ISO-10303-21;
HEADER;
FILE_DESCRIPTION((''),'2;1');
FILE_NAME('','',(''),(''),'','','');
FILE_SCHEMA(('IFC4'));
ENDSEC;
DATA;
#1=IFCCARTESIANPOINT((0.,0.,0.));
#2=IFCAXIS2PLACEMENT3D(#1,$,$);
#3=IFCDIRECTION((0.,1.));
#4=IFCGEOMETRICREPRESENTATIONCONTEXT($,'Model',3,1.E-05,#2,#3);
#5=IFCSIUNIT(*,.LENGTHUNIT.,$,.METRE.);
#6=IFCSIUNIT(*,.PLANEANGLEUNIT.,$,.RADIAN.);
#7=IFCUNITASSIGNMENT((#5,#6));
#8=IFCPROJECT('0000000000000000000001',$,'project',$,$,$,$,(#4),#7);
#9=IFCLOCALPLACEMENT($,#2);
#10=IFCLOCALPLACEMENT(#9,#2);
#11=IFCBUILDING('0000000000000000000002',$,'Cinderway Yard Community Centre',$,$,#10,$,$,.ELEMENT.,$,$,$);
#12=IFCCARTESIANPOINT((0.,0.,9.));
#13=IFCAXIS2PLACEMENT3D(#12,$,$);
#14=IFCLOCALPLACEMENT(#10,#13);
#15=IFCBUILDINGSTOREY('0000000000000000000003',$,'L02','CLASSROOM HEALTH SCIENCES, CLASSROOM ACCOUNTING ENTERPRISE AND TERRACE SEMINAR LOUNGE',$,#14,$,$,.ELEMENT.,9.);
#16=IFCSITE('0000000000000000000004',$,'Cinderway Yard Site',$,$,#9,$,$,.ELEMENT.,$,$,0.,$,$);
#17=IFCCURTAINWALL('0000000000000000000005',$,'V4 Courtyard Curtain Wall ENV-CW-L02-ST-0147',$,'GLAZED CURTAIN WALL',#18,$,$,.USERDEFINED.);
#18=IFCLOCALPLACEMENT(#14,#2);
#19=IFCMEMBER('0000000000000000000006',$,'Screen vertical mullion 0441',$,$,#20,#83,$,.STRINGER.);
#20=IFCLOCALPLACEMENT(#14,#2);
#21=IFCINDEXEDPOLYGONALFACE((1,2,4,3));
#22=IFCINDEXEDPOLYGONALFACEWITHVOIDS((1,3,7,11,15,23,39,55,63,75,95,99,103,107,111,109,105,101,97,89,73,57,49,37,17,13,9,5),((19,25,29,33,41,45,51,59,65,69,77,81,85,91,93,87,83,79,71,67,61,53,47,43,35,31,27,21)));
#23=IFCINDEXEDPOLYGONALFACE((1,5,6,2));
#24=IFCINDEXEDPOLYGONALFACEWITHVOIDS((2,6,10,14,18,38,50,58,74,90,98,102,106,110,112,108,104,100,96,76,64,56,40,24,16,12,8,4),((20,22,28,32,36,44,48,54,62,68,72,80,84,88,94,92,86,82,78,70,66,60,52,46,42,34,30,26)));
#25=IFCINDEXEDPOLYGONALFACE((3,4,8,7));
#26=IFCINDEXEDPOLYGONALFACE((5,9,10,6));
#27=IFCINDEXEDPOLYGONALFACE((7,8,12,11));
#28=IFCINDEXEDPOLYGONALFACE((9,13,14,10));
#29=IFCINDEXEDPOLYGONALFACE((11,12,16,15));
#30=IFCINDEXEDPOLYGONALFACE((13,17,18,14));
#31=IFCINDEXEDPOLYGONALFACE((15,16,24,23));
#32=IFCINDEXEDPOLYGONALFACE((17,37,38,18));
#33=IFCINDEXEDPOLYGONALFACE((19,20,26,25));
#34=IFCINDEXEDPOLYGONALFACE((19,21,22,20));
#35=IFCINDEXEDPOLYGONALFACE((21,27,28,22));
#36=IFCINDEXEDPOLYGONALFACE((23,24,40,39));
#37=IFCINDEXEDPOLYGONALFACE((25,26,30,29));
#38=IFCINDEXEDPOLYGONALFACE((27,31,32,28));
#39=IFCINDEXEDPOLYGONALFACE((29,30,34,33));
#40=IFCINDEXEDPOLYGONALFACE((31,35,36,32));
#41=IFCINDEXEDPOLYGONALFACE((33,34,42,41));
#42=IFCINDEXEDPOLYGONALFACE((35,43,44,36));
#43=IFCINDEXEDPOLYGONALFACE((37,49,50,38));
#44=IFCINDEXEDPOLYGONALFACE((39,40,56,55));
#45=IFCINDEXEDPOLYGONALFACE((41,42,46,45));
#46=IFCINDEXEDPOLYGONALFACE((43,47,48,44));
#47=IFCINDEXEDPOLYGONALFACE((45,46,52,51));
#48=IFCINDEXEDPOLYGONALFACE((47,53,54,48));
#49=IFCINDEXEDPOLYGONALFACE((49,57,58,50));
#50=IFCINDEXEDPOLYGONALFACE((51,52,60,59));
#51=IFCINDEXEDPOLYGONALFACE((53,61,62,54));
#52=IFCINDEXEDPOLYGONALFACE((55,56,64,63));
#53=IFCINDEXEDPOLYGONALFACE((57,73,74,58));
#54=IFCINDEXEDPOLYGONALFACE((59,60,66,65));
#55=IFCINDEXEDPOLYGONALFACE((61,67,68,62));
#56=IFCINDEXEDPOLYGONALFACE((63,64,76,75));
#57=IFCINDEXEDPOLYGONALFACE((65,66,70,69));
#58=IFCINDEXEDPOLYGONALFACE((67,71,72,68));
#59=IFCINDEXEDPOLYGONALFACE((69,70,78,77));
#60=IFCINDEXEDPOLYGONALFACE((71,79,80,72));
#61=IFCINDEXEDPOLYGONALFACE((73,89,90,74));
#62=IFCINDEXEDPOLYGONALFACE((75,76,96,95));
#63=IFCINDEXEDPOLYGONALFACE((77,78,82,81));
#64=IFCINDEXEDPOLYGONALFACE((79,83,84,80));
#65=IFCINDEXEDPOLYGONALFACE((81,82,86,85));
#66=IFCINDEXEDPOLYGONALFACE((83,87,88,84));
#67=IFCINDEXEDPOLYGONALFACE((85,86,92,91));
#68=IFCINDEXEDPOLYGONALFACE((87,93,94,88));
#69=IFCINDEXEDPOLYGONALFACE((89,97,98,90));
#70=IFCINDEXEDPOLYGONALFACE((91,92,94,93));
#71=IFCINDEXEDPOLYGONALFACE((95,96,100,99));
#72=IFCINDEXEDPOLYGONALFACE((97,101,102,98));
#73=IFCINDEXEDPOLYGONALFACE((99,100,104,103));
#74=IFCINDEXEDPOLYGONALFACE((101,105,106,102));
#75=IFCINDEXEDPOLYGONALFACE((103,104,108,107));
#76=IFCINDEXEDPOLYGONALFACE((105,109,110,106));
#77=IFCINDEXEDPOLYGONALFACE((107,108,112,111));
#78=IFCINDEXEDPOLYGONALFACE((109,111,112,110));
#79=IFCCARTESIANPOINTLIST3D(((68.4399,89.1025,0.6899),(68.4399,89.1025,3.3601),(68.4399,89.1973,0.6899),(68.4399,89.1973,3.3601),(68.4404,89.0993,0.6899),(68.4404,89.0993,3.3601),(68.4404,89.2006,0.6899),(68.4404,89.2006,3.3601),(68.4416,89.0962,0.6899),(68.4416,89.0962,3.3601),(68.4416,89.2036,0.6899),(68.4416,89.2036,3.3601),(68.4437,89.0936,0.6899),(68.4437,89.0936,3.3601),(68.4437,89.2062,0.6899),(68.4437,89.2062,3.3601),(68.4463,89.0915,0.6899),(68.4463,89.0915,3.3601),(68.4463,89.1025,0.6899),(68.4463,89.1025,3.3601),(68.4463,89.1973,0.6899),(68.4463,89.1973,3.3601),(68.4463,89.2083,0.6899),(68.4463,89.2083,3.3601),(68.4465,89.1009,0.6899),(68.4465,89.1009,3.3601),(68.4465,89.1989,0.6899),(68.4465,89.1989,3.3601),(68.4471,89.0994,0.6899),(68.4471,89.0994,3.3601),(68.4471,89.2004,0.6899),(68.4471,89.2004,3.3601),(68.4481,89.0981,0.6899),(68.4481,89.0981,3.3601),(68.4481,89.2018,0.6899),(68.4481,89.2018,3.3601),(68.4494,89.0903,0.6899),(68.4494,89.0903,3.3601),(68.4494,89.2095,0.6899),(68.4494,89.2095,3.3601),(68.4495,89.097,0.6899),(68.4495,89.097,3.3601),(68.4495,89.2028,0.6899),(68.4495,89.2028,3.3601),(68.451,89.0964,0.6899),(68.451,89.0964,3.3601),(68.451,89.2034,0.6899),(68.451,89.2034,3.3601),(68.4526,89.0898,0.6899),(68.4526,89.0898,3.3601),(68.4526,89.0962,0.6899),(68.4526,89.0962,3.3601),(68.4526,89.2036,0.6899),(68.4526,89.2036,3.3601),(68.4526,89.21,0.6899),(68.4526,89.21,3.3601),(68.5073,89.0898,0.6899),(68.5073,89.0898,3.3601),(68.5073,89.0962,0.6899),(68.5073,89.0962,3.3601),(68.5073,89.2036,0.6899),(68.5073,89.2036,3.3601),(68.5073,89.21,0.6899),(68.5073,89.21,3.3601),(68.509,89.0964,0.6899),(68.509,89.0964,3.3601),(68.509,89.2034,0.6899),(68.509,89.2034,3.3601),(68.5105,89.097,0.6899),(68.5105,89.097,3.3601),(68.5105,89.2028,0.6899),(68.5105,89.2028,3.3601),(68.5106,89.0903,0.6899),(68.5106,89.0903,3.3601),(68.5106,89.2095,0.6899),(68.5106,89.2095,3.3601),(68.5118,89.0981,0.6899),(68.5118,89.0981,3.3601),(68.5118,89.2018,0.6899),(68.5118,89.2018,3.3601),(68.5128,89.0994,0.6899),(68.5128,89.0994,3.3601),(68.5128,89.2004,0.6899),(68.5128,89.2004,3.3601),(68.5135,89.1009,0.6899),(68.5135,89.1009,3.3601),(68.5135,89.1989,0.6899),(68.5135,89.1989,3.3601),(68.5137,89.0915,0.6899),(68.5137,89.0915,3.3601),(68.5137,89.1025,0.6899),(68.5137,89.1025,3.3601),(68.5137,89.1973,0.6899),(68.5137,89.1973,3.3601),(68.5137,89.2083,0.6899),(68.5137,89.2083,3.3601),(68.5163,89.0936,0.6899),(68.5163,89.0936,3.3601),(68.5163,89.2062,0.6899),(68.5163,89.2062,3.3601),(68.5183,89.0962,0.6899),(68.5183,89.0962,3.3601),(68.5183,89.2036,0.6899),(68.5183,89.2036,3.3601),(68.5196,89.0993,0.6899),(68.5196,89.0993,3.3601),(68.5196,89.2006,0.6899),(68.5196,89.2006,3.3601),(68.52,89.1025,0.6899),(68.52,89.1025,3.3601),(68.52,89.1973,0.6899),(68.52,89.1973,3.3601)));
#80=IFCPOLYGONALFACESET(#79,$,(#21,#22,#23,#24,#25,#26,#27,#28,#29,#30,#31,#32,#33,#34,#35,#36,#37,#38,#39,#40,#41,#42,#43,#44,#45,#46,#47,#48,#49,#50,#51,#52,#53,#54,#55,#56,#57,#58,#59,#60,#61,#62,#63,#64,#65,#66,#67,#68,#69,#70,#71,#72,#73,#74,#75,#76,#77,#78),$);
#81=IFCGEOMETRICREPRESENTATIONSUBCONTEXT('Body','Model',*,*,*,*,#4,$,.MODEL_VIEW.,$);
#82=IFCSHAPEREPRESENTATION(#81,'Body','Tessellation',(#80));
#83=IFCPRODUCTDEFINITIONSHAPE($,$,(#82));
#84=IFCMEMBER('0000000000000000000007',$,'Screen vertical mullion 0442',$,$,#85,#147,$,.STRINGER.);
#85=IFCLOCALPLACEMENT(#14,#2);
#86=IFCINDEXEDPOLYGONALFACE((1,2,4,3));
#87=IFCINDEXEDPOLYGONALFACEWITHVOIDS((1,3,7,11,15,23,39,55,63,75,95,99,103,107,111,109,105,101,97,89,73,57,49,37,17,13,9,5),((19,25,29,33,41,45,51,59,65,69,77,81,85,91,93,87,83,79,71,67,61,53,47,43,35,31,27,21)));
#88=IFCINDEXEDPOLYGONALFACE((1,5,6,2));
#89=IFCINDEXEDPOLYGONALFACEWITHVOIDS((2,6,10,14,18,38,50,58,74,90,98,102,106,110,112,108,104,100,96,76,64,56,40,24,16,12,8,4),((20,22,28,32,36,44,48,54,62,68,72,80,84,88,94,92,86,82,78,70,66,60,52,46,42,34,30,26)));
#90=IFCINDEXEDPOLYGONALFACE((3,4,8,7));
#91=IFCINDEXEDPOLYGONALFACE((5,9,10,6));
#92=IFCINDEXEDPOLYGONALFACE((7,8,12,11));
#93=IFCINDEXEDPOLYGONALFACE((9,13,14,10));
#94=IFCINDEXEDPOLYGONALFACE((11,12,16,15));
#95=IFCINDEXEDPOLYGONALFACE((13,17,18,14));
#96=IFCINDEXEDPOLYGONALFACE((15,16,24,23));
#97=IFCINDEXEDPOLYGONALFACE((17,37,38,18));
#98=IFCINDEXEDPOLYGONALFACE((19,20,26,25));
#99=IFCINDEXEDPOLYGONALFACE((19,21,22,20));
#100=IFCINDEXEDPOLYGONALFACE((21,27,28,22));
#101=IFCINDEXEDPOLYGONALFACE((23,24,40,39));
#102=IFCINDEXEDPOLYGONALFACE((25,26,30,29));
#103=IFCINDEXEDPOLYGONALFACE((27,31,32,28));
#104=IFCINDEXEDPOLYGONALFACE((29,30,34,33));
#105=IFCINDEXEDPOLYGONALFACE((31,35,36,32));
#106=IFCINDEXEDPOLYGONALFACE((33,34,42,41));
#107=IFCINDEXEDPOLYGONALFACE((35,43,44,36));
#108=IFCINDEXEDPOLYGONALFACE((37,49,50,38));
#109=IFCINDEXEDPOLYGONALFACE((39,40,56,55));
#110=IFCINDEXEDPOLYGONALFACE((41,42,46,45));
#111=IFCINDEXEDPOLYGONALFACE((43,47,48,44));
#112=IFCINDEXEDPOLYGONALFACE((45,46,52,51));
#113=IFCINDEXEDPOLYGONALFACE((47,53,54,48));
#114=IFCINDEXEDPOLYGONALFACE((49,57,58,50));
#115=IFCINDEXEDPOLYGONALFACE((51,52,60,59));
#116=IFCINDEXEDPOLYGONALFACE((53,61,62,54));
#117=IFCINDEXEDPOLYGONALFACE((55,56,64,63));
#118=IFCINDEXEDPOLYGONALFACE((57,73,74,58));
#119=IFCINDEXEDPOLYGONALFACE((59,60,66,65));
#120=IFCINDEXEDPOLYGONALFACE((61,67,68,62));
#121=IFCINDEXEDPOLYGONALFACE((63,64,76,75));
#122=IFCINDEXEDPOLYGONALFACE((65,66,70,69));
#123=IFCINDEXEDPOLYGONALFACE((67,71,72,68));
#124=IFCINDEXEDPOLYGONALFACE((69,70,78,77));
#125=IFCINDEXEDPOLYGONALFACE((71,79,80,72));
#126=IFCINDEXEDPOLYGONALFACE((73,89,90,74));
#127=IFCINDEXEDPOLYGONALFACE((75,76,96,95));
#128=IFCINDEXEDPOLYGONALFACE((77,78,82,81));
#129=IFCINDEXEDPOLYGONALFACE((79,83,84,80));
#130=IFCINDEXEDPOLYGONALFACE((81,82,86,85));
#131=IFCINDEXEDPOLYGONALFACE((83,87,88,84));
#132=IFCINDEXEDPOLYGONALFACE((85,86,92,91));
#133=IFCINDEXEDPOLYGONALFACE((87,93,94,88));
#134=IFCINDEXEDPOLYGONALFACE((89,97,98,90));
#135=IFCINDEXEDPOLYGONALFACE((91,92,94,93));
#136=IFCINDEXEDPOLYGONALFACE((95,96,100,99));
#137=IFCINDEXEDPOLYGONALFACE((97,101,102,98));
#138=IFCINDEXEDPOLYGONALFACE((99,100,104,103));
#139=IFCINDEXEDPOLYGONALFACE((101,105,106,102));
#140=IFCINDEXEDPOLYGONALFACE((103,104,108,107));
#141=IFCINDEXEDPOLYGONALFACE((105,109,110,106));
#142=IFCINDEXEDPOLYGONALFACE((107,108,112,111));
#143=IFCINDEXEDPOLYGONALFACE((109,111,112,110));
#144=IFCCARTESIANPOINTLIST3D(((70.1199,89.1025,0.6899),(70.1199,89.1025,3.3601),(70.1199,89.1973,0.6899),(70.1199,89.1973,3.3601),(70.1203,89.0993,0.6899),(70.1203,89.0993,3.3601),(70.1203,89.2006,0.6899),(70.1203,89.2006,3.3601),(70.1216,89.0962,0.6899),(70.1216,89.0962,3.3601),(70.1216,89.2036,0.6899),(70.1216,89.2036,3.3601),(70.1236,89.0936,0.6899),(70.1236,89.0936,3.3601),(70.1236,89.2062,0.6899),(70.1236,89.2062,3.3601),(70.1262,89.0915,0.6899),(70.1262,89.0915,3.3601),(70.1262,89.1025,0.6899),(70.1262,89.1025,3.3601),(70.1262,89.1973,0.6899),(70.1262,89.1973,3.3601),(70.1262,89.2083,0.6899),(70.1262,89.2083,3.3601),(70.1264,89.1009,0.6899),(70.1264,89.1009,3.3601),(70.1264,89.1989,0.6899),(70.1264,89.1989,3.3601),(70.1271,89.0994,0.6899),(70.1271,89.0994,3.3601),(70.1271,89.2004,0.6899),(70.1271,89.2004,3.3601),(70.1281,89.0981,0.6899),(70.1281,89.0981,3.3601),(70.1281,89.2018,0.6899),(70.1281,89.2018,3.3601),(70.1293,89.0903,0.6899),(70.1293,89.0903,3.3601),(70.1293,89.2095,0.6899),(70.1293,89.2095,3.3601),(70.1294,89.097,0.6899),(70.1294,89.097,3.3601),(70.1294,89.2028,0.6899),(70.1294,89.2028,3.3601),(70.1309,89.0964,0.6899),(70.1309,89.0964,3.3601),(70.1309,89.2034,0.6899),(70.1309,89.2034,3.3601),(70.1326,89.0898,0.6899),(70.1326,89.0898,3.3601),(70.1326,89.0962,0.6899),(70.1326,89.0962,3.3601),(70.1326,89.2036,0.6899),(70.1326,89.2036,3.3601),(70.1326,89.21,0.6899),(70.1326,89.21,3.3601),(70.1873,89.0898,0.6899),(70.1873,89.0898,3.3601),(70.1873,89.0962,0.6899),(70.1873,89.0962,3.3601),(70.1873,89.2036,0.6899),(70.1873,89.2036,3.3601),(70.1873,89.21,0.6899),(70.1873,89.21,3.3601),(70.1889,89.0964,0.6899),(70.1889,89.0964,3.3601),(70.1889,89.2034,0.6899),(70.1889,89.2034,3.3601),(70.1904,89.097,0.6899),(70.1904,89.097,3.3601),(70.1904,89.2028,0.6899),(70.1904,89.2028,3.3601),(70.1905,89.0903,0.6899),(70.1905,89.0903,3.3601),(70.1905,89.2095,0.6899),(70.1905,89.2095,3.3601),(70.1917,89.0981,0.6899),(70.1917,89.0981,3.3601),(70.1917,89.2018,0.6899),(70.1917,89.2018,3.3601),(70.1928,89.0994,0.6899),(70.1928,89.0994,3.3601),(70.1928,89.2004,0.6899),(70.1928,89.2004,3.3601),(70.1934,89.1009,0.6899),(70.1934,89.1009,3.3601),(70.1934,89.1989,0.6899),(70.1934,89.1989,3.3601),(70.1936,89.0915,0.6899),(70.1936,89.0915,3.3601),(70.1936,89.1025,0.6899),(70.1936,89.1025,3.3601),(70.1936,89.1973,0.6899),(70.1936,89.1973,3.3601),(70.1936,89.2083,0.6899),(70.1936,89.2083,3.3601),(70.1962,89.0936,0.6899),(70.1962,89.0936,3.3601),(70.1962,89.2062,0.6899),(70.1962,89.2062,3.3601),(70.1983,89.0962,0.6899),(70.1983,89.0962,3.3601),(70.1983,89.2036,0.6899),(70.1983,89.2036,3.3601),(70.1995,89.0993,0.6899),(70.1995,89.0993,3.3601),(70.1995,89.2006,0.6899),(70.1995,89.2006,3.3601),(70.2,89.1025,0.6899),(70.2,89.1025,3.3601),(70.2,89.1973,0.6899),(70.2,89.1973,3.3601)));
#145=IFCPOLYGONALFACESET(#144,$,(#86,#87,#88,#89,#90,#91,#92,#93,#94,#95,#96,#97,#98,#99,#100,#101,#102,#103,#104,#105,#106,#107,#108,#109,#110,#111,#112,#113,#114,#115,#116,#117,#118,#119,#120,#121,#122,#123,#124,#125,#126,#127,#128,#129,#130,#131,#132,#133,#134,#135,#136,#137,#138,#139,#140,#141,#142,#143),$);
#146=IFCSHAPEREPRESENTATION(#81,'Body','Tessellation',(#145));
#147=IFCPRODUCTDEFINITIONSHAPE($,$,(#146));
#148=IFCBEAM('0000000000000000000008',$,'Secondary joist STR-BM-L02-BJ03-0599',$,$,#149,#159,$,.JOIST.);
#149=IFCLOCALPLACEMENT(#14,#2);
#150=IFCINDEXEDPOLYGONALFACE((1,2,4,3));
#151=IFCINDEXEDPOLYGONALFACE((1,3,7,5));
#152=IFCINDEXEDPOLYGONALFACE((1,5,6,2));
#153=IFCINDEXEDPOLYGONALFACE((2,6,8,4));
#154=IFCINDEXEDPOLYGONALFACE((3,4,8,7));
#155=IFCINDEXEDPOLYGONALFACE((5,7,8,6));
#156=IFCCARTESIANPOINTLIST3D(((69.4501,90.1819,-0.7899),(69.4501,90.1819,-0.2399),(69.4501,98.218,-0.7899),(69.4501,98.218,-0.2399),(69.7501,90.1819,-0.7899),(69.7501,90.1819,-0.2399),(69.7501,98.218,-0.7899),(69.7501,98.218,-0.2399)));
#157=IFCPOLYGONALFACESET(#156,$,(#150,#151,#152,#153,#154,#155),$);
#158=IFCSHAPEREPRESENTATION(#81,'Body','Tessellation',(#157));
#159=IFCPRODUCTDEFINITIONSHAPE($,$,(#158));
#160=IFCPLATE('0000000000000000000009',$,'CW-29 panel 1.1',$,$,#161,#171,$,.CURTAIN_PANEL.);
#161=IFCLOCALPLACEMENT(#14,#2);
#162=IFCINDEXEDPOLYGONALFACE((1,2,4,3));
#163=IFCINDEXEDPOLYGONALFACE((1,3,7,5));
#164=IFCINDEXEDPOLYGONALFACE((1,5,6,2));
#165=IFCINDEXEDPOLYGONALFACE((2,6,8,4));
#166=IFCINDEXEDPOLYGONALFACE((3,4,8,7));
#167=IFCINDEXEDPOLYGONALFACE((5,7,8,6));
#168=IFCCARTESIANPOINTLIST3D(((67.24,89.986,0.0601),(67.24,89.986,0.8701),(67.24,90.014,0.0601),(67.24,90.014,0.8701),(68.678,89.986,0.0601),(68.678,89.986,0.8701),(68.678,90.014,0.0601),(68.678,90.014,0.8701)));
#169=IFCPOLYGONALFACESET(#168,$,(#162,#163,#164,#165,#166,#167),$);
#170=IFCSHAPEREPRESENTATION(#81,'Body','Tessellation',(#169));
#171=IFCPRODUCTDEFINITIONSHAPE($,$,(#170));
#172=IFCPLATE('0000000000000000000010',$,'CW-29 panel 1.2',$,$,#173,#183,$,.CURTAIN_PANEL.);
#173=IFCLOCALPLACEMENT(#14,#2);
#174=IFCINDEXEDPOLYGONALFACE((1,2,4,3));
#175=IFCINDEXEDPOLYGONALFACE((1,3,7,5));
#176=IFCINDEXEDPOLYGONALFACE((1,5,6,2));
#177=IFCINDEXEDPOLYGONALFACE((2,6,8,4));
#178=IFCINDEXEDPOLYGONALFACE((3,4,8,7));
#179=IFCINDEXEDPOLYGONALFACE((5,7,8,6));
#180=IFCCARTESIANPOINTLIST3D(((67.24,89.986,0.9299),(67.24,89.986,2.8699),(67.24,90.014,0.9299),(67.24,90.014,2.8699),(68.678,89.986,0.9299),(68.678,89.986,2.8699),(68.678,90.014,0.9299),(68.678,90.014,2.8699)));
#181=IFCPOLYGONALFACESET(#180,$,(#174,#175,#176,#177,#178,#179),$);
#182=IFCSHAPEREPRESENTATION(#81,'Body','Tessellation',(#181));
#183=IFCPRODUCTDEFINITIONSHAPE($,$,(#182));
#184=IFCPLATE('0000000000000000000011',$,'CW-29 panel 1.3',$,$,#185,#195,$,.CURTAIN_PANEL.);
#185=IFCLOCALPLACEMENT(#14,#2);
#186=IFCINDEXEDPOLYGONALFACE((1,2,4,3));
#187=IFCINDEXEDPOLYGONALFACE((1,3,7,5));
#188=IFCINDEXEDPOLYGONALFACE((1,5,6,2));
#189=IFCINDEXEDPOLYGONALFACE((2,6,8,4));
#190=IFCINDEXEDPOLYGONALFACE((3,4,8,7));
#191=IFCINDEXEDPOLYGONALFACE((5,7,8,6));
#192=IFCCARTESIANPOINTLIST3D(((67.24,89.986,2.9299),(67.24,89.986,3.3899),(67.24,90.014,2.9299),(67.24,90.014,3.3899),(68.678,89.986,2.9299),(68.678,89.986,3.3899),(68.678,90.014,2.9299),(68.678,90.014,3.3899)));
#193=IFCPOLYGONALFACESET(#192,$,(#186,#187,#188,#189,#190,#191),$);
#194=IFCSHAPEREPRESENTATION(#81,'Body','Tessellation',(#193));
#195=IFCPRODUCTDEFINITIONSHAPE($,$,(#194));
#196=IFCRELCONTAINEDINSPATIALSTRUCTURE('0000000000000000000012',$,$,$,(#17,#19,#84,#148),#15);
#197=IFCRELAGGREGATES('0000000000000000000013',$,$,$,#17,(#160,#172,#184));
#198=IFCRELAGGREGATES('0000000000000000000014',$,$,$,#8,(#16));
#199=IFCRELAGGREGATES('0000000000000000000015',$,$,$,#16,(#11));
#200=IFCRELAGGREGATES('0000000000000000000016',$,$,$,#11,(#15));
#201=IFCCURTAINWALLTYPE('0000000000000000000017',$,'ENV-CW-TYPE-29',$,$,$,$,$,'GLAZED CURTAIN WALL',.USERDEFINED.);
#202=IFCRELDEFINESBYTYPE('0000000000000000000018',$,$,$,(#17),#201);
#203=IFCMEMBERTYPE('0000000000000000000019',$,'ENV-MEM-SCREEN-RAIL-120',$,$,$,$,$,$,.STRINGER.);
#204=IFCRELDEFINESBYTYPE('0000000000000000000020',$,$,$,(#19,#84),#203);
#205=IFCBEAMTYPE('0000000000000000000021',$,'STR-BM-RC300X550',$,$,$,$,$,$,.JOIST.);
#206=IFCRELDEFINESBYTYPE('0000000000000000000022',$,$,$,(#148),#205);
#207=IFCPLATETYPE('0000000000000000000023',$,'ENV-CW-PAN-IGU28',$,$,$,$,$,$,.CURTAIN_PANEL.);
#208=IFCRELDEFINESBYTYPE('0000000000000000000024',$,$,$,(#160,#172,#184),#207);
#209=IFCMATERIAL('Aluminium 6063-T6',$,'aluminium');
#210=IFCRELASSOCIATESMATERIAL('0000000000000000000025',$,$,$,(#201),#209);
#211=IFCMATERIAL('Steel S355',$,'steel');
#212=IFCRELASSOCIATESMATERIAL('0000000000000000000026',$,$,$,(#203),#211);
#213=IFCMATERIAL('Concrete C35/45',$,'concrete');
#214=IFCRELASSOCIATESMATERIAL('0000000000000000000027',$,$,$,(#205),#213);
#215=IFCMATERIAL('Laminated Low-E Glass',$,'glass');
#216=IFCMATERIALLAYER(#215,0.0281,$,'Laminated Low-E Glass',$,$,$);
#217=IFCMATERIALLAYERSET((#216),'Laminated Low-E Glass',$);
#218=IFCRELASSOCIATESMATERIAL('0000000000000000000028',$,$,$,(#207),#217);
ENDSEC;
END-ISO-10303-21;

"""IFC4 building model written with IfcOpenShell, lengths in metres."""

from ifc_helpers import new_model, si_unit, direction, frame, origin, origin_2d, place, context, subcontext, project, spatial, rectangle, hollow_rectangle, extrude, material, layer, layer_set, material_profile, profile_set, type_object, element, aggregate, save


model = new_model("IFC4")

# Units and contexts
model_context = context("Model", 3, precision=1e-05, world=origin(), true_north=direction((0.0, 1.0)))
body_context = subcontext(model_context, "Body", "Model", "MODEL_VIEW")
ifc_project = project(units=[si_unit("LENGTHUNIT", "METRE"), si_unit("PLANEANGLEUNIT", "RADIAN")], contexts=[model_context])

# Site, building, storey
site_placement = place(None, origin())
site = spatial("IfcSite", under=ifc_project, at=site_placement, Name="Cinderway Yard Site", CompositionType="ELEMENT", RefElevation=0.0)
building_placement = place(site_placement, origin())
building = spatial("IfcBuilding", under=site, at=building_placement, Name="Cinderway Yard Community Centre", CompositionType="ELEMENT")
storey_placement = place(building_placement, frame((0.0, 0.0, 9.0)))
storey = spatial("IfcBuildingStorey", under=building, at=storey_placement, Name="L02", Description="CLASSROOM HEALTH SCIENCES, CLASSROOM ACCOUNTING ENTERPRISE AND TERRACE SEMINAR LOUNGE", CompositionType="ELEMENT", Elevation=9.0)

# Curtain wall
ifc_material_1 = material(Name="Aluminium 6063-T6", Category="aluminium")
curtain_wall_type = type_object("IfcCurtainWallType", Name="ENV-CW-TYPE-29", ElementType="GLAZED CURTAIN WALL", PredefinedType="USERDEFINED", material=ifc_material_1)
curtain_wall_placement = place(storey_placement, origin())
curtain_wall = element("IfcCurtainWall", 1, at=curtain_wall_placement, inside=storey, type_object=curtain_wall_type, Name="V4 Courtyard Curtain Wall ENV-CW-L02-ST-0147", ObjectType="GLAZED CURTAIN WALL", PredefinedType="USERDEFINED")

# Members
ifc_material_2 = material(Name="Steel S355", Category="steel")
ifc_material_profile_1 = material_profile(ifc_material_2, hollow_rectangle(XDim=0.0801, YDim=0.1201, WallThickness=0.0063, InnerFilletRadius=0.0063, OuterFilletRadius=0.0127, at=origin_2d()), Name="Steel S355")
ifc_profile_set_1 = profile_set([ifc_material_profile_1], Name="Steel S355")
member_type_1 = type_object("IfcMemberType", Name="ENV-MEM-SCREEN-RAIL-120", PredefinedType="STRINGER", material=ifc_profile_set_1)
for number, where, z_axis, x_axis, name in (
    (2, (68.48, 89.1499, 0.6899), (0.0, 0.0, 1.0), (1.0, 0.0, 0.0), "Screen vertical mullion 0441"),
    (3, (70.1599, 89.1499, 0.6899), (0.0, 0.0, 1.0), (1.0, 0.0, 0.0), "Screen vertical mullion 0442"),
):
    element("IfcMember", number, at=place(storey_placement, frame(where, z_axis=z_axis, x_axis=x_axis)), inside=storey, type_object=member_type_1, Name=name, PredefinedType="STRINGER", context=body_context, shape_type="SweptSolid", body=[
        extrude(hollow_rectangle(XDim=0.0801, YDim=0.1201, WallThickness=0.0063, InnerFilletRadius=0.0063, OuterFilletRadius=0.0127, at=origin_2d()), origin(), (0.0, 0.0, 1.0), 2.6702),
    ])

# Beam
ifc_material_3 = material(Name="Concrete C35/45", Category="concrete")
ifc_material_profile_2 = material_profile(ifc_material_3, rectangle(XDim=0.3, YDim=0.55, at=origin_2d()), Name="Concrete C35/45")
ifc_profile_set_2 = profile_set([ifc_material_profile_2], Name="Concrete C35/45")
beam_type = type_object("IfcBeamType", Name="STR-BM-RC300X550", PredefinedType="JOIST", material=ifc_profile_set_2)
beam_placement = place(storey_placement, frame((69.6001, 90.1819, -0.5149), z_axis=(0.0, 1.0, 0.0), x_axis=(-1.0, 0.0, 0.0)))
element("IfcBeam", 4, at=beam_placement, inside=storey, type_object=beam_type, Name="Secondary joist STR-BM-L02-BJ03-0599", PredefinedType="JOIST", context=body_context, shape_type="SweptSolid", body=[
    extrude(rectangle(XDim=0.3, YDim=0.55, at=origin_2d()), origin(), (0.0, 0.0, 1.0), 8.0361),
])

# Plates
ifc_material_4 = material(Name="Laminated Low-E Glass", Category="glass")
ifc_layer_1 = layer(ifc_material_4, 0.0281, Name="Laminated Low-E Glass")
ifc_layer_set_1 = layer_set([ifc_layer_1], Name="Laminated Low-E Glass")
plate_type = type_object("IfcPlateType", Name="ENV-CW-PAN-IGU28", PredefinedType="CURTAIN_PANEL", material=ifc_layer_set_1)
plate_1_placement = place(storey_placement, frame((67.959, 90.0, 0.0601), z_axis=(0.0, 0.0, 1.0), x_axis=(1.0, 0.0, 0.0)))
plate_1 = element("IfcPlate", 5, at=plate_1_placement, type_object=plate_type, Name="CW-29 panel 1.1", PredefinedType="CURTAIN_PANEL", context=body_context, shape_type="SweptSolid", body=[
    extrude(rectangle(XDim=1.438, YDim=0.0281, at=origin_2d()), origin(), (0.0, 0.0, 1.0), 0.8101),
])
plate_2_placement = place(storey_placement, frame((67.959, 90.0, 0.9299), z_axis=(0.0, 0.0, 1.0), x_axis=(1.0, 0.0, 0.0)))
plate_2 = element("IfcPlate", 6, at=plate_2_placement, type_object=plate_type, Name="CW-29 panel 1.2", PredefinedType="CURTAIN_PANEL", context=body_context, shape_type="SweptSolid", body=[
    extrude(rectangle(XDim=1.438, YDim=0.0281, at=origin_2d()), origin(), (0.0, 0.0, 1.0), 1.9399),
])
plate_3_placement = place(storey_placement, frame((67.959, 90.0, 2.9299), z_axis=(0.0, 0.0, 1.0), x_axis=(1.0, 0.0, 0.0)))
plate_3 = element("IfcPlate", 7, at=plate_3_placement, type_object=plate_type, Name="CW-29 panel 1.3", PredefinedType="CURTAIN_PANEL", context=body_context, shape_type="SweptSolid", body=[
    extrude(rectangle(XDim=1.438, YDim=0.0281, at=origin_2d()), origin(), (0.0, 0.0, 1.0), 0.46),
])
aggregate(curtain_wall, [plate_1, plate_2, plate_3])

save(model, "model.ifc")
